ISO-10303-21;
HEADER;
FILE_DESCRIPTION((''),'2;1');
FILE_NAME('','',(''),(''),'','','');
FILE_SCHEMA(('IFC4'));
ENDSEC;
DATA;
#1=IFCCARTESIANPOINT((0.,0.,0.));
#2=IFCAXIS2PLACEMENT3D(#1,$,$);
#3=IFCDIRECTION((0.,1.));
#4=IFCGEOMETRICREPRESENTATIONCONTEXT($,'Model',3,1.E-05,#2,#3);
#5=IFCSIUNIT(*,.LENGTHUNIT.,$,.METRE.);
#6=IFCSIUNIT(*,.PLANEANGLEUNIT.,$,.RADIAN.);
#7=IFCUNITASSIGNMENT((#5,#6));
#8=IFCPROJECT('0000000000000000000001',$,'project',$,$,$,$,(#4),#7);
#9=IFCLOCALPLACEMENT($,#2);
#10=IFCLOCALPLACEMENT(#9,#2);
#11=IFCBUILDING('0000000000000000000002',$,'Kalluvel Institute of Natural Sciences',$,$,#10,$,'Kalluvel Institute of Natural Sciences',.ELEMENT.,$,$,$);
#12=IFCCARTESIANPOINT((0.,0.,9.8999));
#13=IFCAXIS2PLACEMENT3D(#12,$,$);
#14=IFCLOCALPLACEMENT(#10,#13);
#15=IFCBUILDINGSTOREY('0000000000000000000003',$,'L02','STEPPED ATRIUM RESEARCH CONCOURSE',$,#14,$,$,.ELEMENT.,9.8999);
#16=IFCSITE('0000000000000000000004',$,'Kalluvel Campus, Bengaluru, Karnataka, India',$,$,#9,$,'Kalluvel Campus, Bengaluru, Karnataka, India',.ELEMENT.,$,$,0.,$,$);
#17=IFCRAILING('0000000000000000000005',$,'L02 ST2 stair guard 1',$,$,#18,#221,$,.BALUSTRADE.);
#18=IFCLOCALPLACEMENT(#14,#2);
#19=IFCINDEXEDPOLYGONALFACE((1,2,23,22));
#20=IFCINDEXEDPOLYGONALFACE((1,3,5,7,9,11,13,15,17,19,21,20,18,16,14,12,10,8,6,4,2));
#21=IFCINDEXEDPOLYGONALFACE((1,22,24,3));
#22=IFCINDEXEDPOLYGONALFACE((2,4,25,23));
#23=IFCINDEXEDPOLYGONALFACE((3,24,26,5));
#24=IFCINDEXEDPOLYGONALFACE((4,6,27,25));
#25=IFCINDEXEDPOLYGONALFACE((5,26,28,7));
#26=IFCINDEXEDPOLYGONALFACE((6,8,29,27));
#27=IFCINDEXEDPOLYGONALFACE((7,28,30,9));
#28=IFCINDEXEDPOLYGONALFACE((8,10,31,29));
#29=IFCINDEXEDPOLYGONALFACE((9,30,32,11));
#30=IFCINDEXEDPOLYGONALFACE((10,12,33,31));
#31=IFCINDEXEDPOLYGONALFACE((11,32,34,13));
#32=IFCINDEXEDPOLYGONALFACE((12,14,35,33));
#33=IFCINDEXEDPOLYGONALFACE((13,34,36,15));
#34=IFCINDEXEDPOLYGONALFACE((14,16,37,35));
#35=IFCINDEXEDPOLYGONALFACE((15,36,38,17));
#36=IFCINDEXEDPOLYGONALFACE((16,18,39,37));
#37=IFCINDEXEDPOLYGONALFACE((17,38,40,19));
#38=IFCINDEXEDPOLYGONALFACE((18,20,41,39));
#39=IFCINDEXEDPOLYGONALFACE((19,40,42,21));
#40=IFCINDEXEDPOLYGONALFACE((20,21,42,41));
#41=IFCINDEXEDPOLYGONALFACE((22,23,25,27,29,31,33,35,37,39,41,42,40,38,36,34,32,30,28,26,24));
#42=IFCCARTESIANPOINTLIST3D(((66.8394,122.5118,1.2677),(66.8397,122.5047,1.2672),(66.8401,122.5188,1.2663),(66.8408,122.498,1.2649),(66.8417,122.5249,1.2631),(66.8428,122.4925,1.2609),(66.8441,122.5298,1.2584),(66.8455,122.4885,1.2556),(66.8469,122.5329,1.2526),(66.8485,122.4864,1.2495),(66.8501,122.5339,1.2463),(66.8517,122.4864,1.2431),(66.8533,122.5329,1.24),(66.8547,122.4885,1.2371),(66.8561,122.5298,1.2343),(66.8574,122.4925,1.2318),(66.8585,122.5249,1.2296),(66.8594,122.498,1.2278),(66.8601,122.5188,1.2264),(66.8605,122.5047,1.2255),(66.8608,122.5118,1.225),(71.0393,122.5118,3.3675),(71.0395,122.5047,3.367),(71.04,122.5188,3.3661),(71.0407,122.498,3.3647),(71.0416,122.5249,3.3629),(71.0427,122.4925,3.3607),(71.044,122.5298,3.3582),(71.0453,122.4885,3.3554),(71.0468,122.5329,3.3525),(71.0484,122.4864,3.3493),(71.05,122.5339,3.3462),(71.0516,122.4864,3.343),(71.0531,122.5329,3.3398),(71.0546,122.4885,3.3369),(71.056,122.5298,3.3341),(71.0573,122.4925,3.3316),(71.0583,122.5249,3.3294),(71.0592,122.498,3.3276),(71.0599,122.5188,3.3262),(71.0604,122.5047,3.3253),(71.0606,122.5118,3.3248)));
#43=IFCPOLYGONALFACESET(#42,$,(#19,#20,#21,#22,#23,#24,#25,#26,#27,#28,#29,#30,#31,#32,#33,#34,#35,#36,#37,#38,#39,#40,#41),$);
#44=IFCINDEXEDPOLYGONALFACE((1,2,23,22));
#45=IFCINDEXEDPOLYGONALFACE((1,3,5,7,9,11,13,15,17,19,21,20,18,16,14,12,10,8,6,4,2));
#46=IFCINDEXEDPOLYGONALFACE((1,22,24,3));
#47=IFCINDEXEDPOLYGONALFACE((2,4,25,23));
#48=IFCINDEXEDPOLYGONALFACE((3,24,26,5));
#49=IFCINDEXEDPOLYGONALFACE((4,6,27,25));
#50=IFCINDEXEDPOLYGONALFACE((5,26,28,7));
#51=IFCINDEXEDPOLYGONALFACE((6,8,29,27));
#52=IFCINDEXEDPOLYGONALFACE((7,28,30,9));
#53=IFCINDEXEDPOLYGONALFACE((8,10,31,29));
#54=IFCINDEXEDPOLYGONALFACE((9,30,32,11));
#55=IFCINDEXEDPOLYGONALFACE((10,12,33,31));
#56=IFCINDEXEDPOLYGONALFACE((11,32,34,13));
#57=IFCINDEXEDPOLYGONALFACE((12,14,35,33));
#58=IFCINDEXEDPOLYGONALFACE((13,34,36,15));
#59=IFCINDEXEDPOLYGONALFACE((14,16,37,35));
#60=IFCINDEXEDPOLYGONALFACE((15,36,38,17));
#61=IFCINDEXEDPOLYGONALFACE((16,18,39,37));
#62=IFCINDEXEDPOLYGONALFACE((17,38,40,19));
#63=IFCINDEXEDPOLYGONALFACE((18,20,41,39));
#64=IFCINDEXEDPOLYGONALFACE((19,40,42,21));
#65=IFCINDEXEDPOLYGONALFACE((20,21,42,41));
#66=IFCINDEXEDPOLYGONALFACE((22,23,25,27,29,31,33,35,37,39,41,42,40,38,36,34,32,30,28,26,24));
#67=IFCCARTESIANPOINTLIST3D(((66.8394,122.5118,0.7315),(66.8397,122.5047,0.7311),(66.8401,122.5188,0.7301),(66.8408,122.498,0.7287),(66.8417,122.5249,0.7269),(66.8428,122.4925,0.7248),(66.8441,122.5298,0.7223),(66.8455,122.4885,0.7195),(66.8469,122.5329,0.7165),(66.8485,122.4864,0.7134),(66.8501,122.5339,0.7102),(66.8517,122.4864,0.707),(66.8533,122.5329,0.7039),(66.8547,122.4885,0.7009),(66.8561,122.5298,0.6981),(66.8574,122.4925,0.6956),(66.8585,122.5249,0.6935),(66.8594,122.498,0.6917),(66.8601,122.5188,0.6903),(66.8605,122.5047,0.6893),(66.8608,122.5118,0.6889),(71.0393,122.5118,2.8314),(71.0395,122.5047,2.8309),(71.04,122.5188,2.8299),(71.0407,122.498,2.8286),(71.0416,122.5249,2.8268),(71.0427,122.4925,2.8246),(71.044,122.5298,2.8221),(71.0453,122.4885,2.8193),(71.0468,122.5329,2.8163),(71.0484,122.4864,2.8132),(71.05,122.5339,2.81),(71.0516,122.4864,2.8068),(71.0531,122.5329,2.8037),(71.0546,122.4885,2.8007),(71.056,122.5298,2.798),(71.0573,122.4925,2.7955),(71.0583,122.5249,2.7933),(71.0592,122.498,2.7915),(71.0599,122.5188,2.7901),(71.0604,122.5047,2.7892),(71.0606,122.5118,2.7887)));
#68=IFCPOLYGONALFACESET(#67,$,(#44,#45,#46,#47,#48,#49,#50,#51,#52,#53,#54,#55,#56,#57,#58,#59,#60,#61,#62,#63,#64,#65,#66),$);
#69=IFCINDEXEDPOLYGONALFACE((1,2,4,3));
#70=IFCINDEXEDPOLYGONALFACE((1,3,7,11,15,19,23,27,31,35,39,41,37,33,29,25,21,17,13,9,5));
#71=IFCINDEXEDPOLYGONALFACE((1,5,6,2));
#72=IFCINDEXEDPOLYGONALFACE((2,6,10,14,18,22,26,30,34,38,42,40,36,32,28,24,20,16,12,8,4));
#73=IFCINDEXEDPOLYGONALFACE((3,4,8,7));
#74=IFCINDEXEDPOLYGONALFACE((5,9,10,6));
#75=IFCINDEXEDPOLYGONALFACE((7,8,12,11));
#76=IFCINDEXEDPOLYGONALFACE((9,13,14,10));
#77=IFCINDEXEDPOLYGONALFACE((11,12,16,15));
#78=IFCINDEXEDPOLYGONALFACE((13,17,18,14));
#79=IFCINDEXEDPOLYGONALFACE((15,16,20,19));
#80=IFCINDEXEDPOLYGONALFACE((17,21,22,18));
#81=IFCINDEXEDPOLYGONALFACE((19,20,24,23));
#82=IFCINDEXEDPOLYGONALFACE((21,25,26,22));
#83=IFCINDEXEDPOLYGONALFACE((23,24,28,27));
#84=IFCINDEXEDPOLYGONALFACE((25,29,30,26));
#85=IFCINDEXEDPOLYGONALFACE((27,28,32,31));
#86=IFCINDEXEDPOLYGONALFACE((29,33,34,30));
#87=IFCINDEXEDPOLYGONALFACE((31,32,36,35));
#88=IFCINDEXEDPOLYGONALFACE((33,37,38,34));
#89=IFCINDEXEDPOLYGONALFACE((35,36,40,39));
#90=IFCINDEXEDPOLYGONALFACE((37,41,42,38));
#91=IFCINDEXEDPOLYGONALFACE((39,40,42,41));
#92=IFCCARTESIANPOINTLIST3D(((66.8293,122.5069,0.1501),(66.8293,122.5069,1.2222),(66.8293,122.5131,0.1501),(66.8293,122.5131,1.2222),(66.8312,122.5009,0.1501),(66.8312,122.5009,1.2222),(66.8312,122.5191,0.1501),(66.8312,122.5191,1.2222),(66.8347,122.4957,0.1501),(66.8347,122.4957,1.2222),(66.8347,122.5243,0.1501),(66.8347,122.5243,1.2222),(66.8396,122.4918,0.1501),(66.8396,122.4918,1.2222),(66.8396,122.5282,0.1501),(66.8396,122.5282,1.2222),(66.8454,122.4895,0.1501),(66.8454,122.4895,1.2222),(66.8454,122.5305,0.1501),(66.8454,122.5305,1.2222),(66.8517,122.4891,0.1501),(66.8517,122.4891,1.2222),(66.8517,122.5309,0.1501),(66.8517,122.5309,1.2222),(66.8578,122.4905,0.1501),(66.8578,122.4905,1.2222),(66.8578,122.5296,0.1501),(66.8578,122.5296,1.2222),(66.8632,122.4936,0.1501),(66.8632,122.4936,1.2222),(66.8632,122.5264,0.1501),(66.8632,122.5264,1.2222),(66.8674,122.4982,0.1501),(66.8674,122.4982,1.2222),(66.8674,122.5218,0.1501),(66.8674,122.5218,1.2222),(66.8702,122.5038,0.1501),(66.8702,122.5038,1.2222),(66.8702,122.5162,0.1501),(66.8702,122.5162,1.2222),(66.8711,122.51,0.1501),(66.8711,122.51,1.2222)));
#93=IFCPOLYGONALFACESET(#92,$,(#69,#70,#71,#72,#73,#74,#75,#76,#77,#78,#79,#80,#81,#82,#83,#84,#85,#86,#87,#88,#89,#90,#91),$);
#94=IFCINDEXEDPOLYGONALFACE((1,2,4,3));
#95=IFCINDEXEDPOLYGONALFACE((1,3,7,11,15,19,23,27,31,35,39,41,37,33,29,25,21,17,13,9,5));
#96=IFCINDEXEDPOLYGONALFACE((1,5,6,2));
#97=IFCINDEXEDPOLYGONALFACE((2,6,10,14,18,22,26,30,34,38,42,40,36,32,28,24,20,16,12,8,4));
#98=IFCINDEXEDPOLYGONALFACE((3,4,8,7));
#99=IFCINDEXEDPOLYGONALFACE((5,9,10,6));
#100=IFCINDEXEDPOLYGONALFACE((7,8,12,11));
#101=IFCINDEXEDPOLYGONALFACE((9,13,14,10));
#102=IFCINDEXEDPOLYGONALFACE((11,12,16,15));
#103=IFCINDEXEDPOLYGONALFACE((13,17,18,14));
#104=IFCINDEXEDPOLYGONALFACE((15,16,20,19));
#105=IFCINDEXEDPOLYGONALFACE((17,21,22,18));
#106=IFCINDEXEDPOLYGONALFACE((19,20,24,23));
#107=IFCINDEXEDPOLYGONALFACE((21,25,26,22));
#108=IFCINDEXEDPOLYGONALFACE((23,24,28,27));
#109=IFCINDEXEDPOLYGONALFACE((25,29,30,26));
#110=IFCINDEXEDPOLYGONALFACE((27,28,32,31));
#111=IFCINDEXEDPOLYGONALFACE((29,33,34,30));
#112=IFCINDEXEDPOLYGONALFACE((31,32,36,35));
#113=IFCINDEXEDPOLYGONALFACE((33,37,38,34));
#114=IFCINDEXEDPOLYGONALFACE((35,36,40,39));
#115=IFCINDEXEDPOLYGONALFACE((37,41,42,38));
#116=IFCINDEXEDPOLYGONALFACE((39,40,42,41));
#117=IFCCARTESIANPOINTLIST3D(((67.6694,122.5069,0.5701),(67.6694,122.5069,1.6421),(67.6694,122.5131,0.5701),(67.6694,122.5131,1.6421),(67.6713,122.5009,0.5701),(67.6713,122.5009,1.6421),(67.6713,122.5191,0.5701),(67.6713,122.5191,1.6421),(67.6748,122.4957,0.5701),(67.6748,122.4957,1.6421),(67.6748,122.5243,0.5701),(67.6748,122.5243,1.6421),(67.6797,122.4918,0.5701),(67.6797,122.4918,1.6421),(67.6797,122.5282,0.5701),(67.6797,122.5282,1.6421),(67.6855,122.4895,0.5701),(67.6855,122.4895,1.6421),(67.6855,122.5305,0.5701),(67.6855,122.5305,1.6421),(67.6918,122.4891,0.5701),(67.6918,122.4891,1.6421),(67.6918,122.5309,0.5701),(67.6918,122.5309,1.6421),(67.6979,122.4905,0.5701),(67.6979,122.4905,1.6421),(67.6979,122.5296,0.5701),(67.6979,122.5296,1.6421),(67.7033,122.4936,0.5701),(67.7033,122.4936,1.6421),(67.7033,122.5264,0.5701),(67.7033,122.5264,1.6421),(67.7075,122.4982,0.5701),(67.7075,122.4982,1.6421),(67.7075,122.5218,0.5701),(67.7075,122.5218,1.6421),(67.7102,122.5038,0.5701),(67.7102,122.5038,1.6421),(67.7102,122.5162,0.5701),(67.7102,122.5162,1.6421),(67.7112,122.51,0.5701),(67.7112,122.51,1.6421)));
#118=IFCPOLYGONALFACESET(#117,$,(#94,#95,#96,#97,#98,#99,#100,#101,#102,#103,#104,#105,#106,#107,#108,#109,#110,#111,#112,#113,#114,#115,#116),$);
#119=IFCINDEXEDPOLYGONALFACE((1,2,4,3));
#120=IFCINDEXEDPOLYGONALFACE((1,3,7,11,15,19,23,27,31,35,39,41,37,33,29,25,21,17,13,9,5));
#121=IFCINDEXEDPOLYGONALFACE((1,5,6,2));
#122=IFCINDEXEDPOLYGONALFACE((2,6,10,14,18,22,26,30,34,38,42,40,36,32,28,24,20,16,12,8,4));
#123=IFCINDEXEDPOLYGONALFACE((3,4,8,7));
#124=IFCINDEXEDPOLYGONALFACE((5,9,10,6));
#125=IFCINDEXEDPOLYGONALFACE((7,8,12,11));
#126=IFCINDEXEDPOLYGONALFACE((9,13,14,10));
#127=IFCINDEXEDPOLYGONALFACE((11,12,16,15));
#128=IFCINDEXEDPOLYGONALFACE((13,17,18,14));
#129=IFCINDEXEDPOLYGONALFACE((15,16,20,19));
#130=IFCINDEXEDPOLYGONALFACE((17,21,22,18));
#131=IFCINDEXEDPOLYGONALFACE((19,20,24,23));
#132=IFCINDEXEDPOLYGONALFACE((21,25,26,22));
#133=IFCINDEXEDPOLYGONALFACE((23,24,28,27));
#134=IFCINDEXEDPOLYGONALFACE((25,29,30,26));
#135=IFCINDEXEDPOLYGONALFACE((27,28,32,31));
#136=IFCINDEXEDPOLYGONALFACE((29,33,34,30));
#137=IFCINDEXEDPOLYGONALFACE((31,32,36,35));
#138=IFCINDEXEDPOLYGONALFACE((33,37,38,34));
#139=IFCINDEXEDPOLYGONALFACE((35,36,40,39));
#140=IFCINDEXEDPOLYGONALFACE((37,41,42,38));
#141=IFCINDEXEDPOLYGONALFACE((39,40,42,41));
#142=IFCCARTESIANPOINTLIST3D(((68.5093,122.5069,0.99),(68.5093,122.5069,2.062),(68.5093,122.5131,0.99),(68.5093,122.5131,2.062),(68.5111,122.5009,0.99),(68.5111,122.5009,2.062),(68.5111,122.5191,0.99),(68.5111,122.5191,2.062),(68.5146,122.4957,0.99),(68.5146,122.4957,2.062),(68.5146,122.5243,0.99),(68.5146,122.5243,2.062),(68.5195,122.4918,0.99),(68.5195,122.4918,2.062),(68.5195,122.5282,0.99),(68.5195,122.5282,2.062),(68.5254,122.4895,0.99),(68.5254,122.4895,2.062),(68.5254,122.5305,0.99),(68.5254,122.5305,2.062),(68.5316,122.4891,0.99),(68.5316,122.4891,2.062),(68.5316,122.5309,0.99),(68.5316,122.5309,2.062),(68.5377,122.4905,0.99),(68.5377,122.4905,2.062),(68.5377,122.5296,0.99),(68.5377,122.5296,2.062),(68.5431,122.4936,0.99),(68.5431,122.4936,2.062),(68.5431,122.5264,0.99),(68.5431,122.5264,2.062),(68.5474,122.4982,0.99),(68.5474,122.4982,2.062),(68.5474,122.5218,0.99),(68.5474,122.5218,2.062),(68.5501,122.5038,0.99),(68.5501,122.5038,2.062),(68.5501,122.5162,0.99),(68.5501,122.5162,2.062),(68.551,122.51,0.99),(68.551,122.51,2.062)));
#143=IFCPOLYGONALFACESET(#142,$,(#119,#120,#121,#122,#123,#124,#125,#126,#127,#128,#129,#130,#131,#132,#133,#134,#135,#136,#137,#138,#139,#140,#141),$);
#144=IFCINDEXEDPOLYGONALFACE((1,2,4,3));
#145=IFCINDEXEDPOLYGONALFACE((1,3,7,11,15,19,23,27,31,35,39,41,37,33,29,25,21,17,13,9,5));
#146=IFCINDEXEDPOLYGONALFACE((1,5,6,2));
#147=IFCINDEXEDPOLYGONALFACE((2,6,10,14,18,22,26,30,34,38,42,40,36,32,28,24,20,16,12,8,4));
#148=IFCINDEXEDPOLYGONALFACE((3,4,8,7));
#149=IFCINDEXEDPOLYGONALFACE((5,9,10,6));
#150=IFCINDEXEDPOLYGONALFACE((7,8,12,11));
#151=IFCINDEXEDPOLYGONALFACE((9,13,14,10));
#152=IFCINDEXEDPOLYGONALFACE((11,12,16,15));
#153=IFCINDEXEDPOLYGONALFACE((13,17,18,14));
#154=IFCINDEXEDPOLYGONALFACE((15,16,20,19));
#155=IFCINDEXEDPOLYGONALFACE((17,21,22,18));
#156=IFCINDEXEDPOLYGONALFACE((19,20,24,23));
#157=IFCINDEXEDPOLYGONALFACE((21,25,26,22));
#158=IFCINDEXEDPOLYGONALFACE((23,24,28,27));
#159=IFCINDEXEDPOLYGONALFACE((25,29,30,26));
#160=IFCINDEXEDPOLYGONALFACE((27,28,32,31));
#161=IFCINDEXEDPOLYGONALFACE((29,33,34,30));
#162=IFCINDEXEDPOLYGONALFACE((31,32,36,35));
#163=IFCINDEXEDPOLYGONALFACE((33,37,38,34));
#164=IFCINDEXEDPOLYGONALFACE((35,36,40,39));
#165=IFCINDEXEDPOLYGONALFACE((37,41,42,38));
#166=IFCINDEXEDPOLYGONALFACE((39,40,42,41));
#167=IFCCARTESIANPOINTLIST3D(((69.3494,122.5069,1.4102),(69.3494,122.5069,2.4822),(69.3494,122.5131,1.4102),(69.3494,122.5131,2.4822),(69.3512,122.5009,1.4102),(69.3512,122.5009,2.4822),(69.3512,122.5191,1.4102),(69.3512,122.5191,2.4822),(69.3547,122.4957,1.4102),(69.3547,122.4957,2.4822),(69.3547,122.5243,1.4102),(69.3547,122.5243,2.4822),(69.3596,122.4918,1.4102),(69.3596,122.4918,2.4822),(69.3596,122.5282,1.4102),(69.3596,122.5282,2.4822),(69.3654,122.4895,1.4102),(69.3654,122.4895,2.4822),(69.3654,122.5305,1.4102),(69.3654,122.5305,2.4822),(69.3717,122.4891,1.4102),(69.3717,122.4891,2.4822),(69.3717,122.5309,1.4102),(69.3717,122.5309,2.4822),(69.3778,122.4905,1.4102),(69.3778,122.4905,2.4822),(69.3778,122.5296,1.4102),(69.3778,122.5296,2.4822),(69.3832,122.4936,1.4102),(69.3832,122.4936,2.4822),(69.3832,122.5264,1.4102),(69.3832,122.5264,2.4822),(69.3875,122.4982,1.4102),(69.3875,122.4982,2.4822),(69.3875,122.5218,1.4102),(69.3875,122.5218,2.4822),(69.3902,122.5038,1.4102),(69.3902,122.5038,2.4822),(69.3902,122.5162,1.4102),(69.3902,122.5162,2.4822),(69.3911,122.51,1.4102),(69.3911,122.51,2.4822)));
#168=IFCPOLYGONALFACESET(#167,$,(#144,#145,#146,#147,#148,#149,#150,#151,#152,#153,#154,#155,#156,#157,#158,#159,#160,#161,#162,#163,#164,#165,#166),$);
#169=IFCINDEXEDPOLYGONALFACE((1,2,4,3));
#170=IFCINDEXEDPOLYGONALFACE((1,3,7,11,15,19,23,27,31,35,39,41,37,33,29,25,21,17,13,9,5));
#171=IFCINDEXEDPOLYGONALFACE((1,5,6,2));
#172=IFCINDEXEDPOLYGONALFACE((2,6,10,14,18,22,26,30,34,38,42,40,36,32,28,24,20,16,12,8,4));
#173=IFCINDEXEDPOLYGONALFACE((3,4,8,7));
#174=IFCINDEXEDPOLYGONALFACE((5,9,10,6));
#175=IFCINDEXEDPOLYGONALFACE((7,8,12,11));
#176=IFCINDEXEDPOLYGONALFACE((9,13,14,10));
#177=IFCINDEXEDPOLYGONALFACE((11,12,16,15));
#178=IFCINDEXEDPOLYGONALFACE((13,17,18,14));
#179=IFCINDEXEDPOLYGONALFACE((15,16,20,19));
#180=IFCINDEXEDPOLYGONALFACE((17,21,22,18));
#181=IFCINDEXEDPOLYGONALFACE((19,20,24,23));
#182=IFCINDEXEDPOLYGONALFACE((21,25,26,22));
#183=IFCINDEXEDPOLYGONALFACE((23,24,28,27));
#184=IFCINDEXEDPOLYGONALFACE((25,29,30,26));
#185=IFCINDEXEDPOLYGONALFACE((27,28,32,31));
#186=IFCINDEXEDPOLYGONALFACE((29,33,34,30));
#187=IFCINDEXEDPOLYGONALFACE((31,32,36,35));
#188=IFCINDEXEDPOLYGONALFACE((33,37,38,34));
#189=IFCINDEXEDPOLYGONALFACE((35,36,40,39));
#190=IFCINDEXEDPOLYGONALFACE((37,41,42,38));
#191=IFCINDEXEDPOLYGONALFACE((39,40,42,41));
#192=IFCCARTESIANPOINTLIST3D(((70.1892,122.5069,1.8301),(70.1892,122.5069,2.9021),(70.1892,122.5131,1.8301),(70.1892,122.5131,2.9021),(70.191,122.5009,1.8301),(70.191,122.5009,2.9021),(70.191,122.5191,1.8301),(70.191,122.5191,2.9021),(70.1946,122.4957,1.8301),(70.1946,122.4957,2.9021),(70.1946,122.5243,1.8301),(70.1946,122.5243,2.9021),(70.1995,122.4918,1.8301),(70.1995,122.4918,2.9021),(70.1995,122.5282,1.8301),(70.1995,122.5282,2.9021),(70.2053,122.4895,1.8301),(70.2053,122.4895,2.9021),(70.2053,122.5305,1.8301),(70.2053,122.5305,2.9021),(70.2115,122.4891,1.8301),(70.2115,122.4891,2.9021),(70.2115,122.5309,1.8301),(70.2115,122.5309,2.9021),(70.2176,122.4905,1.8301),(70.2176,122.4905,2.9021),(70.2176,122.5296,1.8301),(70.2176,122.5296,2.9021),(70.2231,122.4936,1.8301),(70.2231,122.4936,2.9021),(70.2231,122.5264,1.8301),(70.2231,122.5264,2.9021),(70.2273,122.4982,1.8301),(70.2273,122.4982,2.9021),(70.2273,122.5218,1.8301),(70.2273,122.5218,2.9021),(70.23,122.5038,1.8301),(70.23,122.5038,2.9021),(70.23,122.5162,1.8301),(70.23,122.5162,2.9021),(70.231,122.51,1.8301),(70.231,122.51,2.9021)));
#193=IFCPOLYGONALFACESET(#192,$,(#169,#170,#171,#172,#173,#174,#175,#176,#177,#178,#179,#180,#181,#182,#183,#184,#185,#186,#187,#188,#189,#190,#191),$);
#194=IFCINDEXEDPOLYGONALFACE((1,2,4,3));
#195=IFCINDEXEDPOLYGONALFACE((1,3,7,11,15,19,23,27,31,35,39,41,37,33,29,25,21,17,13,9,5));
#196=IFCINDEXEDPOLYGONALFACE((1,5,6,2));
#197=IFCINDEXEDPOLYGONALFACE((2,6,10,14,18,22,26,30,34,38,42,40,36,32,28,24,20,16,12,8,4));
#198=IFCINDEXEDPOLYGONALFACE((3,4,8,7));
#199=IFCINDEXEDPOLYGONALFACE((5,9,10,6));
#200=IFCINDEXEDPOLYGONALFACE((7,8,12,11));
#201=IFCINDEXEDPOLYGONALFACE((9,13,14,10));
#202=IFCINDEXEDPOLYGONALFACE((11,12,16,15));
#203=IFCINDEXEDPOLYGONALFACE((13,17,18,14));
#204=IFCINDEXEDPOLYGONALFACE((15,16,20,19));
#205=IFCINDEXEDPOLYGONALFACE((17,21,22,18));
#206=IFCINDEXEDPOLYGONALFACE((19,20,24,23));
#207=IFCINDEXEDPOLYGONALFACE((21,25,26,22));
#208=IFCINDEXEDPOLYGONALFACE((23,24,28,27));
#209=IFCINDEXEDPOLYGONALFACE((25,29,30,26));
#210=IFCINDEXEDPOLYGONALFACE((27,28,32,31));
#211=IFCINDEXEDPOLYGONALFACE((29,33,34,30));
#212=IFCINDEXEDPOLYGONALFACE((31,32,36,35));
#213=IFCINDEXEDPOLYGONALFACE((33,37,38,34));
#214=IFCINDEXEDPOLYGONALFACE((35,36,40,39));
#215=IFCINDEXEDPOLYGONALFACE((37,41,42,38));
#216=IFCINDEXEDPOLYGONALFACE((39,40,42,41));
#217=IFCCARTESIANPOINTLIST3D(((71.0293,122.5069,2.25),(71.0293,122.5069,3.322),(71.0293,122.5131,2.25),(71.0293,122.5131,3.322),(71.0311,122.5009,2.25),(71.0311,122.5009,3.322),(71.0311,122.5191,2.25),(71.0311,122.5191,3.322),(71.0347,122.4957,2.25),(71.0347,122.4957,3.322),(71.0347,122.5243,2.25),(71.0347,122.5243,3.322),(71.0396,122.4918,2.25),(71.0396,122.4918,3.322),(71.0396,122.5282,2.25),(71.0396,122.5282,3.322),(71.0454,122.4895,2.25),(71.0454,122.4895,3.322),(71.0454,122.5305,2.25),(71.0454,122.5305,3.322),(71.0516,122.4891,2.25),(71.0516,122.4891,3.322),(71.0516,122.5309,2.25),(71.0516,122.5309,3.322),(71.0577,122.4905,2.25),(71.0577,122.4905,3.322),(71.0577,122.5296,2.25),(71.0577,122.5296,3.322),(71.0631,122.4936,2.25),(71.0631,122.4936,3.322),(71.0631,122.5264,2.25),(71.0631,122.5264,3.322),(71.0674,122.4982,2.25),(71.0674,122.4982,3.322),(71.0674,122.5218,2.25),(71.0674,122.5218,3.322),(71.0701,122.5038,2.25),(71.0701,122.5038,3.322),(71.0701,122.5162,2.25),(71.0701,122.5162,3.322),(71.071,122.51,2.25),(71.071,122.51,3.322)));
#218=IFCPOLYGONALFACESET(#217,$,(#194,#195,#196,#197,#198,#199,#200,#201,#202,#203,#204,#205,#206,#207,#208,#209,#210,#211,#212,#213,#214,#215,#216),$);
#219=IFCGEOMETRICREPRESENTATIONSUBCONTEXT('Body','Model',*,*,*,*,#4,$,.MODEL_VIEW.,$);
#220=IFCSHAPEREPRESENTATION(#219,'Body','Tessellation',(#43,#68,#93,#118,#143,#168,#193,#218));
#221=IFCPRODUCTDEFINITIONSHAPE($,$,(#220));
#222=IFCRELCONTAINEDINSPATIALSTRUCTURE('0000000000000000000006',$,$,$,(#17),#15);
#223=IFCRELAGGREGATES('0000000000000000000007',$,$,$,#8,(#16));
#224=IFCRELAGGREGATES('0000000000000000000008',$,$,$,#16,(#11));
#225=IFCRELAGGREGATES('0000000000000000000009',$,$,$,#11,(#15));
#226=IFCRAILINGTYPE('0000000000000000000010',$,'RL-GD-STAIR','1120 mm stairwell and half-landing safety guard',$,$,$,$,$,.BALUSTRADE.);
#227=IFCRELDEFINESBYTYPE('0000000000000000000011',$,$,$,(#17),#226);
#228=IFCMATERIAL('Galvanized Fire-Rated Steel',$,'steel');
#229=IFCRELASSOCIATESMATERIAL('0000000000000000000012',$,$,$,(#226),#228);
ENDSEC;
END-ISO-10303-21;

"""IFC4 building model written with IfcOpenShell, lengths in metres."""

from ifc_helpers import new_model, si_unit, direction, frame, origin, origin_2d, place, context, subcontext, project, spatial, circle, extrude, material, type_object, element, save


model = new_model("IFC4")

# Units and contexts
model_context = context("Model", 3, precision=1e-05, world=origin(), true_north=direction((0.0, 1.0)))
body_context = subcontext(model_context, "Body", "Model", "MODEL_VIEW")
ifc_project = project(units=[si_unit("LENGTHUNIT", "METRE"), si_unit("PLANEANGLEUNIT", "RADIAN")], contexts=[model_context])

# Site, building, storey
site_placement = place(None, origin())
site = spatial("IfcSite", under=ifc_project, at=site_placement, Name="Kalluvel Campus, Bengaluru, Karnataka, India", LongName="Kalluvel Campus, Bengaluru, Karnataka, India", CompositionType="ELEMENT", RefElevation=0.0)
building_placement = place(site_placement, origin())
building = spatial("IfcBuilding", under=site, at=building_placement, Name="Kalluvel Institute of Natural Sciences", LongName="Kalluvel Institute of Natural Sciences", CompositionType="ELEMENT")
storey_placement = place(building_placement, frame((0.0, 0.0, 9.8999)))
storey = spatial("IfcBuildingStorey", under=building, at=storey_placement, Name="L02", Description="STEPPED ATRIUM RESEARCH CONCOURSE", CompositionType="ELEMENT", Elevation=9.8999)

# Shared definitions
ifc_material_1 = material(Name="Galvanized Fire-Rated Steel", Category="steel")

# Railing
railing_type_1 = type_object("IfcRailingType", Name="RL-GD-STAIR", Description="1120 mm stairwell and half-landing safety guard", PredefinedType="BALUSTRADE", material=ifc_material_1)
railing_1_placement = place(storey_placement, frame((66.8501, 122.51, 0.1501)))
element("IfcRailing", 1, at=railing_1_placement, inside=storey, type_object=railing_type_1, Name="L02 ST2 stair guard 1", PredefinedType="BALUSTRADE", context=body_context, shape_type="SweptSolid", body=[
    extrude(circle(Radius=0.0239, at=origin_2d()), frame((0.0, 0.0, 1.0962), z_axis=(0.894438, 0.0, 0.447193), x_axis=(0.0, 1.0, 0.0)), (0.0, 0.0, 1.0), 4.6956),
    extrude(circle(Radius=0.0239, at=origin_2d()), frame((0.0, 0.0, 0.5601), z_axis=(0.894438, 0.0, 0.447193), x_axis=(0.0, 1.0, 0.0)), (0.0, 0.0, 1.0), 4.6956),
    extrude(circle(Radius=0.021, at=origin_2d()), origin(), (0.0, 0.0, 1.0), 1.072),
    extrude(circle(Radius=0.021, at=origin_2d()), frame((0.8401, 0.0, 0.4199)), (0.0, 0.0, 1.0), 1.072),
    extrude(circle(Radius=0.021, at=origin_2d()), frame((1.6799, 0.0, 0.8398)), (0.0, 0.0, 1.0), 1.072),
    extrude(circle(Radius=0.021, at=origin_2d()), frame((2.52, 0.0, 1.26)), (0.0, 0.0, 1.0), 1.072),
    extrude(circle(Radius=0.021, at=origin_2d()), frame((3.3599, 0.0, 1.6799)), (0.0, 0.0, 1.0), 1.072),
    extrude(circle(Radius=0.021, at=origin_2d()), frame((4.2, 0.0, 2.0999)), (0.0, 0.0, 1.0), 1.072),
])

save(model, "model.ifc")
